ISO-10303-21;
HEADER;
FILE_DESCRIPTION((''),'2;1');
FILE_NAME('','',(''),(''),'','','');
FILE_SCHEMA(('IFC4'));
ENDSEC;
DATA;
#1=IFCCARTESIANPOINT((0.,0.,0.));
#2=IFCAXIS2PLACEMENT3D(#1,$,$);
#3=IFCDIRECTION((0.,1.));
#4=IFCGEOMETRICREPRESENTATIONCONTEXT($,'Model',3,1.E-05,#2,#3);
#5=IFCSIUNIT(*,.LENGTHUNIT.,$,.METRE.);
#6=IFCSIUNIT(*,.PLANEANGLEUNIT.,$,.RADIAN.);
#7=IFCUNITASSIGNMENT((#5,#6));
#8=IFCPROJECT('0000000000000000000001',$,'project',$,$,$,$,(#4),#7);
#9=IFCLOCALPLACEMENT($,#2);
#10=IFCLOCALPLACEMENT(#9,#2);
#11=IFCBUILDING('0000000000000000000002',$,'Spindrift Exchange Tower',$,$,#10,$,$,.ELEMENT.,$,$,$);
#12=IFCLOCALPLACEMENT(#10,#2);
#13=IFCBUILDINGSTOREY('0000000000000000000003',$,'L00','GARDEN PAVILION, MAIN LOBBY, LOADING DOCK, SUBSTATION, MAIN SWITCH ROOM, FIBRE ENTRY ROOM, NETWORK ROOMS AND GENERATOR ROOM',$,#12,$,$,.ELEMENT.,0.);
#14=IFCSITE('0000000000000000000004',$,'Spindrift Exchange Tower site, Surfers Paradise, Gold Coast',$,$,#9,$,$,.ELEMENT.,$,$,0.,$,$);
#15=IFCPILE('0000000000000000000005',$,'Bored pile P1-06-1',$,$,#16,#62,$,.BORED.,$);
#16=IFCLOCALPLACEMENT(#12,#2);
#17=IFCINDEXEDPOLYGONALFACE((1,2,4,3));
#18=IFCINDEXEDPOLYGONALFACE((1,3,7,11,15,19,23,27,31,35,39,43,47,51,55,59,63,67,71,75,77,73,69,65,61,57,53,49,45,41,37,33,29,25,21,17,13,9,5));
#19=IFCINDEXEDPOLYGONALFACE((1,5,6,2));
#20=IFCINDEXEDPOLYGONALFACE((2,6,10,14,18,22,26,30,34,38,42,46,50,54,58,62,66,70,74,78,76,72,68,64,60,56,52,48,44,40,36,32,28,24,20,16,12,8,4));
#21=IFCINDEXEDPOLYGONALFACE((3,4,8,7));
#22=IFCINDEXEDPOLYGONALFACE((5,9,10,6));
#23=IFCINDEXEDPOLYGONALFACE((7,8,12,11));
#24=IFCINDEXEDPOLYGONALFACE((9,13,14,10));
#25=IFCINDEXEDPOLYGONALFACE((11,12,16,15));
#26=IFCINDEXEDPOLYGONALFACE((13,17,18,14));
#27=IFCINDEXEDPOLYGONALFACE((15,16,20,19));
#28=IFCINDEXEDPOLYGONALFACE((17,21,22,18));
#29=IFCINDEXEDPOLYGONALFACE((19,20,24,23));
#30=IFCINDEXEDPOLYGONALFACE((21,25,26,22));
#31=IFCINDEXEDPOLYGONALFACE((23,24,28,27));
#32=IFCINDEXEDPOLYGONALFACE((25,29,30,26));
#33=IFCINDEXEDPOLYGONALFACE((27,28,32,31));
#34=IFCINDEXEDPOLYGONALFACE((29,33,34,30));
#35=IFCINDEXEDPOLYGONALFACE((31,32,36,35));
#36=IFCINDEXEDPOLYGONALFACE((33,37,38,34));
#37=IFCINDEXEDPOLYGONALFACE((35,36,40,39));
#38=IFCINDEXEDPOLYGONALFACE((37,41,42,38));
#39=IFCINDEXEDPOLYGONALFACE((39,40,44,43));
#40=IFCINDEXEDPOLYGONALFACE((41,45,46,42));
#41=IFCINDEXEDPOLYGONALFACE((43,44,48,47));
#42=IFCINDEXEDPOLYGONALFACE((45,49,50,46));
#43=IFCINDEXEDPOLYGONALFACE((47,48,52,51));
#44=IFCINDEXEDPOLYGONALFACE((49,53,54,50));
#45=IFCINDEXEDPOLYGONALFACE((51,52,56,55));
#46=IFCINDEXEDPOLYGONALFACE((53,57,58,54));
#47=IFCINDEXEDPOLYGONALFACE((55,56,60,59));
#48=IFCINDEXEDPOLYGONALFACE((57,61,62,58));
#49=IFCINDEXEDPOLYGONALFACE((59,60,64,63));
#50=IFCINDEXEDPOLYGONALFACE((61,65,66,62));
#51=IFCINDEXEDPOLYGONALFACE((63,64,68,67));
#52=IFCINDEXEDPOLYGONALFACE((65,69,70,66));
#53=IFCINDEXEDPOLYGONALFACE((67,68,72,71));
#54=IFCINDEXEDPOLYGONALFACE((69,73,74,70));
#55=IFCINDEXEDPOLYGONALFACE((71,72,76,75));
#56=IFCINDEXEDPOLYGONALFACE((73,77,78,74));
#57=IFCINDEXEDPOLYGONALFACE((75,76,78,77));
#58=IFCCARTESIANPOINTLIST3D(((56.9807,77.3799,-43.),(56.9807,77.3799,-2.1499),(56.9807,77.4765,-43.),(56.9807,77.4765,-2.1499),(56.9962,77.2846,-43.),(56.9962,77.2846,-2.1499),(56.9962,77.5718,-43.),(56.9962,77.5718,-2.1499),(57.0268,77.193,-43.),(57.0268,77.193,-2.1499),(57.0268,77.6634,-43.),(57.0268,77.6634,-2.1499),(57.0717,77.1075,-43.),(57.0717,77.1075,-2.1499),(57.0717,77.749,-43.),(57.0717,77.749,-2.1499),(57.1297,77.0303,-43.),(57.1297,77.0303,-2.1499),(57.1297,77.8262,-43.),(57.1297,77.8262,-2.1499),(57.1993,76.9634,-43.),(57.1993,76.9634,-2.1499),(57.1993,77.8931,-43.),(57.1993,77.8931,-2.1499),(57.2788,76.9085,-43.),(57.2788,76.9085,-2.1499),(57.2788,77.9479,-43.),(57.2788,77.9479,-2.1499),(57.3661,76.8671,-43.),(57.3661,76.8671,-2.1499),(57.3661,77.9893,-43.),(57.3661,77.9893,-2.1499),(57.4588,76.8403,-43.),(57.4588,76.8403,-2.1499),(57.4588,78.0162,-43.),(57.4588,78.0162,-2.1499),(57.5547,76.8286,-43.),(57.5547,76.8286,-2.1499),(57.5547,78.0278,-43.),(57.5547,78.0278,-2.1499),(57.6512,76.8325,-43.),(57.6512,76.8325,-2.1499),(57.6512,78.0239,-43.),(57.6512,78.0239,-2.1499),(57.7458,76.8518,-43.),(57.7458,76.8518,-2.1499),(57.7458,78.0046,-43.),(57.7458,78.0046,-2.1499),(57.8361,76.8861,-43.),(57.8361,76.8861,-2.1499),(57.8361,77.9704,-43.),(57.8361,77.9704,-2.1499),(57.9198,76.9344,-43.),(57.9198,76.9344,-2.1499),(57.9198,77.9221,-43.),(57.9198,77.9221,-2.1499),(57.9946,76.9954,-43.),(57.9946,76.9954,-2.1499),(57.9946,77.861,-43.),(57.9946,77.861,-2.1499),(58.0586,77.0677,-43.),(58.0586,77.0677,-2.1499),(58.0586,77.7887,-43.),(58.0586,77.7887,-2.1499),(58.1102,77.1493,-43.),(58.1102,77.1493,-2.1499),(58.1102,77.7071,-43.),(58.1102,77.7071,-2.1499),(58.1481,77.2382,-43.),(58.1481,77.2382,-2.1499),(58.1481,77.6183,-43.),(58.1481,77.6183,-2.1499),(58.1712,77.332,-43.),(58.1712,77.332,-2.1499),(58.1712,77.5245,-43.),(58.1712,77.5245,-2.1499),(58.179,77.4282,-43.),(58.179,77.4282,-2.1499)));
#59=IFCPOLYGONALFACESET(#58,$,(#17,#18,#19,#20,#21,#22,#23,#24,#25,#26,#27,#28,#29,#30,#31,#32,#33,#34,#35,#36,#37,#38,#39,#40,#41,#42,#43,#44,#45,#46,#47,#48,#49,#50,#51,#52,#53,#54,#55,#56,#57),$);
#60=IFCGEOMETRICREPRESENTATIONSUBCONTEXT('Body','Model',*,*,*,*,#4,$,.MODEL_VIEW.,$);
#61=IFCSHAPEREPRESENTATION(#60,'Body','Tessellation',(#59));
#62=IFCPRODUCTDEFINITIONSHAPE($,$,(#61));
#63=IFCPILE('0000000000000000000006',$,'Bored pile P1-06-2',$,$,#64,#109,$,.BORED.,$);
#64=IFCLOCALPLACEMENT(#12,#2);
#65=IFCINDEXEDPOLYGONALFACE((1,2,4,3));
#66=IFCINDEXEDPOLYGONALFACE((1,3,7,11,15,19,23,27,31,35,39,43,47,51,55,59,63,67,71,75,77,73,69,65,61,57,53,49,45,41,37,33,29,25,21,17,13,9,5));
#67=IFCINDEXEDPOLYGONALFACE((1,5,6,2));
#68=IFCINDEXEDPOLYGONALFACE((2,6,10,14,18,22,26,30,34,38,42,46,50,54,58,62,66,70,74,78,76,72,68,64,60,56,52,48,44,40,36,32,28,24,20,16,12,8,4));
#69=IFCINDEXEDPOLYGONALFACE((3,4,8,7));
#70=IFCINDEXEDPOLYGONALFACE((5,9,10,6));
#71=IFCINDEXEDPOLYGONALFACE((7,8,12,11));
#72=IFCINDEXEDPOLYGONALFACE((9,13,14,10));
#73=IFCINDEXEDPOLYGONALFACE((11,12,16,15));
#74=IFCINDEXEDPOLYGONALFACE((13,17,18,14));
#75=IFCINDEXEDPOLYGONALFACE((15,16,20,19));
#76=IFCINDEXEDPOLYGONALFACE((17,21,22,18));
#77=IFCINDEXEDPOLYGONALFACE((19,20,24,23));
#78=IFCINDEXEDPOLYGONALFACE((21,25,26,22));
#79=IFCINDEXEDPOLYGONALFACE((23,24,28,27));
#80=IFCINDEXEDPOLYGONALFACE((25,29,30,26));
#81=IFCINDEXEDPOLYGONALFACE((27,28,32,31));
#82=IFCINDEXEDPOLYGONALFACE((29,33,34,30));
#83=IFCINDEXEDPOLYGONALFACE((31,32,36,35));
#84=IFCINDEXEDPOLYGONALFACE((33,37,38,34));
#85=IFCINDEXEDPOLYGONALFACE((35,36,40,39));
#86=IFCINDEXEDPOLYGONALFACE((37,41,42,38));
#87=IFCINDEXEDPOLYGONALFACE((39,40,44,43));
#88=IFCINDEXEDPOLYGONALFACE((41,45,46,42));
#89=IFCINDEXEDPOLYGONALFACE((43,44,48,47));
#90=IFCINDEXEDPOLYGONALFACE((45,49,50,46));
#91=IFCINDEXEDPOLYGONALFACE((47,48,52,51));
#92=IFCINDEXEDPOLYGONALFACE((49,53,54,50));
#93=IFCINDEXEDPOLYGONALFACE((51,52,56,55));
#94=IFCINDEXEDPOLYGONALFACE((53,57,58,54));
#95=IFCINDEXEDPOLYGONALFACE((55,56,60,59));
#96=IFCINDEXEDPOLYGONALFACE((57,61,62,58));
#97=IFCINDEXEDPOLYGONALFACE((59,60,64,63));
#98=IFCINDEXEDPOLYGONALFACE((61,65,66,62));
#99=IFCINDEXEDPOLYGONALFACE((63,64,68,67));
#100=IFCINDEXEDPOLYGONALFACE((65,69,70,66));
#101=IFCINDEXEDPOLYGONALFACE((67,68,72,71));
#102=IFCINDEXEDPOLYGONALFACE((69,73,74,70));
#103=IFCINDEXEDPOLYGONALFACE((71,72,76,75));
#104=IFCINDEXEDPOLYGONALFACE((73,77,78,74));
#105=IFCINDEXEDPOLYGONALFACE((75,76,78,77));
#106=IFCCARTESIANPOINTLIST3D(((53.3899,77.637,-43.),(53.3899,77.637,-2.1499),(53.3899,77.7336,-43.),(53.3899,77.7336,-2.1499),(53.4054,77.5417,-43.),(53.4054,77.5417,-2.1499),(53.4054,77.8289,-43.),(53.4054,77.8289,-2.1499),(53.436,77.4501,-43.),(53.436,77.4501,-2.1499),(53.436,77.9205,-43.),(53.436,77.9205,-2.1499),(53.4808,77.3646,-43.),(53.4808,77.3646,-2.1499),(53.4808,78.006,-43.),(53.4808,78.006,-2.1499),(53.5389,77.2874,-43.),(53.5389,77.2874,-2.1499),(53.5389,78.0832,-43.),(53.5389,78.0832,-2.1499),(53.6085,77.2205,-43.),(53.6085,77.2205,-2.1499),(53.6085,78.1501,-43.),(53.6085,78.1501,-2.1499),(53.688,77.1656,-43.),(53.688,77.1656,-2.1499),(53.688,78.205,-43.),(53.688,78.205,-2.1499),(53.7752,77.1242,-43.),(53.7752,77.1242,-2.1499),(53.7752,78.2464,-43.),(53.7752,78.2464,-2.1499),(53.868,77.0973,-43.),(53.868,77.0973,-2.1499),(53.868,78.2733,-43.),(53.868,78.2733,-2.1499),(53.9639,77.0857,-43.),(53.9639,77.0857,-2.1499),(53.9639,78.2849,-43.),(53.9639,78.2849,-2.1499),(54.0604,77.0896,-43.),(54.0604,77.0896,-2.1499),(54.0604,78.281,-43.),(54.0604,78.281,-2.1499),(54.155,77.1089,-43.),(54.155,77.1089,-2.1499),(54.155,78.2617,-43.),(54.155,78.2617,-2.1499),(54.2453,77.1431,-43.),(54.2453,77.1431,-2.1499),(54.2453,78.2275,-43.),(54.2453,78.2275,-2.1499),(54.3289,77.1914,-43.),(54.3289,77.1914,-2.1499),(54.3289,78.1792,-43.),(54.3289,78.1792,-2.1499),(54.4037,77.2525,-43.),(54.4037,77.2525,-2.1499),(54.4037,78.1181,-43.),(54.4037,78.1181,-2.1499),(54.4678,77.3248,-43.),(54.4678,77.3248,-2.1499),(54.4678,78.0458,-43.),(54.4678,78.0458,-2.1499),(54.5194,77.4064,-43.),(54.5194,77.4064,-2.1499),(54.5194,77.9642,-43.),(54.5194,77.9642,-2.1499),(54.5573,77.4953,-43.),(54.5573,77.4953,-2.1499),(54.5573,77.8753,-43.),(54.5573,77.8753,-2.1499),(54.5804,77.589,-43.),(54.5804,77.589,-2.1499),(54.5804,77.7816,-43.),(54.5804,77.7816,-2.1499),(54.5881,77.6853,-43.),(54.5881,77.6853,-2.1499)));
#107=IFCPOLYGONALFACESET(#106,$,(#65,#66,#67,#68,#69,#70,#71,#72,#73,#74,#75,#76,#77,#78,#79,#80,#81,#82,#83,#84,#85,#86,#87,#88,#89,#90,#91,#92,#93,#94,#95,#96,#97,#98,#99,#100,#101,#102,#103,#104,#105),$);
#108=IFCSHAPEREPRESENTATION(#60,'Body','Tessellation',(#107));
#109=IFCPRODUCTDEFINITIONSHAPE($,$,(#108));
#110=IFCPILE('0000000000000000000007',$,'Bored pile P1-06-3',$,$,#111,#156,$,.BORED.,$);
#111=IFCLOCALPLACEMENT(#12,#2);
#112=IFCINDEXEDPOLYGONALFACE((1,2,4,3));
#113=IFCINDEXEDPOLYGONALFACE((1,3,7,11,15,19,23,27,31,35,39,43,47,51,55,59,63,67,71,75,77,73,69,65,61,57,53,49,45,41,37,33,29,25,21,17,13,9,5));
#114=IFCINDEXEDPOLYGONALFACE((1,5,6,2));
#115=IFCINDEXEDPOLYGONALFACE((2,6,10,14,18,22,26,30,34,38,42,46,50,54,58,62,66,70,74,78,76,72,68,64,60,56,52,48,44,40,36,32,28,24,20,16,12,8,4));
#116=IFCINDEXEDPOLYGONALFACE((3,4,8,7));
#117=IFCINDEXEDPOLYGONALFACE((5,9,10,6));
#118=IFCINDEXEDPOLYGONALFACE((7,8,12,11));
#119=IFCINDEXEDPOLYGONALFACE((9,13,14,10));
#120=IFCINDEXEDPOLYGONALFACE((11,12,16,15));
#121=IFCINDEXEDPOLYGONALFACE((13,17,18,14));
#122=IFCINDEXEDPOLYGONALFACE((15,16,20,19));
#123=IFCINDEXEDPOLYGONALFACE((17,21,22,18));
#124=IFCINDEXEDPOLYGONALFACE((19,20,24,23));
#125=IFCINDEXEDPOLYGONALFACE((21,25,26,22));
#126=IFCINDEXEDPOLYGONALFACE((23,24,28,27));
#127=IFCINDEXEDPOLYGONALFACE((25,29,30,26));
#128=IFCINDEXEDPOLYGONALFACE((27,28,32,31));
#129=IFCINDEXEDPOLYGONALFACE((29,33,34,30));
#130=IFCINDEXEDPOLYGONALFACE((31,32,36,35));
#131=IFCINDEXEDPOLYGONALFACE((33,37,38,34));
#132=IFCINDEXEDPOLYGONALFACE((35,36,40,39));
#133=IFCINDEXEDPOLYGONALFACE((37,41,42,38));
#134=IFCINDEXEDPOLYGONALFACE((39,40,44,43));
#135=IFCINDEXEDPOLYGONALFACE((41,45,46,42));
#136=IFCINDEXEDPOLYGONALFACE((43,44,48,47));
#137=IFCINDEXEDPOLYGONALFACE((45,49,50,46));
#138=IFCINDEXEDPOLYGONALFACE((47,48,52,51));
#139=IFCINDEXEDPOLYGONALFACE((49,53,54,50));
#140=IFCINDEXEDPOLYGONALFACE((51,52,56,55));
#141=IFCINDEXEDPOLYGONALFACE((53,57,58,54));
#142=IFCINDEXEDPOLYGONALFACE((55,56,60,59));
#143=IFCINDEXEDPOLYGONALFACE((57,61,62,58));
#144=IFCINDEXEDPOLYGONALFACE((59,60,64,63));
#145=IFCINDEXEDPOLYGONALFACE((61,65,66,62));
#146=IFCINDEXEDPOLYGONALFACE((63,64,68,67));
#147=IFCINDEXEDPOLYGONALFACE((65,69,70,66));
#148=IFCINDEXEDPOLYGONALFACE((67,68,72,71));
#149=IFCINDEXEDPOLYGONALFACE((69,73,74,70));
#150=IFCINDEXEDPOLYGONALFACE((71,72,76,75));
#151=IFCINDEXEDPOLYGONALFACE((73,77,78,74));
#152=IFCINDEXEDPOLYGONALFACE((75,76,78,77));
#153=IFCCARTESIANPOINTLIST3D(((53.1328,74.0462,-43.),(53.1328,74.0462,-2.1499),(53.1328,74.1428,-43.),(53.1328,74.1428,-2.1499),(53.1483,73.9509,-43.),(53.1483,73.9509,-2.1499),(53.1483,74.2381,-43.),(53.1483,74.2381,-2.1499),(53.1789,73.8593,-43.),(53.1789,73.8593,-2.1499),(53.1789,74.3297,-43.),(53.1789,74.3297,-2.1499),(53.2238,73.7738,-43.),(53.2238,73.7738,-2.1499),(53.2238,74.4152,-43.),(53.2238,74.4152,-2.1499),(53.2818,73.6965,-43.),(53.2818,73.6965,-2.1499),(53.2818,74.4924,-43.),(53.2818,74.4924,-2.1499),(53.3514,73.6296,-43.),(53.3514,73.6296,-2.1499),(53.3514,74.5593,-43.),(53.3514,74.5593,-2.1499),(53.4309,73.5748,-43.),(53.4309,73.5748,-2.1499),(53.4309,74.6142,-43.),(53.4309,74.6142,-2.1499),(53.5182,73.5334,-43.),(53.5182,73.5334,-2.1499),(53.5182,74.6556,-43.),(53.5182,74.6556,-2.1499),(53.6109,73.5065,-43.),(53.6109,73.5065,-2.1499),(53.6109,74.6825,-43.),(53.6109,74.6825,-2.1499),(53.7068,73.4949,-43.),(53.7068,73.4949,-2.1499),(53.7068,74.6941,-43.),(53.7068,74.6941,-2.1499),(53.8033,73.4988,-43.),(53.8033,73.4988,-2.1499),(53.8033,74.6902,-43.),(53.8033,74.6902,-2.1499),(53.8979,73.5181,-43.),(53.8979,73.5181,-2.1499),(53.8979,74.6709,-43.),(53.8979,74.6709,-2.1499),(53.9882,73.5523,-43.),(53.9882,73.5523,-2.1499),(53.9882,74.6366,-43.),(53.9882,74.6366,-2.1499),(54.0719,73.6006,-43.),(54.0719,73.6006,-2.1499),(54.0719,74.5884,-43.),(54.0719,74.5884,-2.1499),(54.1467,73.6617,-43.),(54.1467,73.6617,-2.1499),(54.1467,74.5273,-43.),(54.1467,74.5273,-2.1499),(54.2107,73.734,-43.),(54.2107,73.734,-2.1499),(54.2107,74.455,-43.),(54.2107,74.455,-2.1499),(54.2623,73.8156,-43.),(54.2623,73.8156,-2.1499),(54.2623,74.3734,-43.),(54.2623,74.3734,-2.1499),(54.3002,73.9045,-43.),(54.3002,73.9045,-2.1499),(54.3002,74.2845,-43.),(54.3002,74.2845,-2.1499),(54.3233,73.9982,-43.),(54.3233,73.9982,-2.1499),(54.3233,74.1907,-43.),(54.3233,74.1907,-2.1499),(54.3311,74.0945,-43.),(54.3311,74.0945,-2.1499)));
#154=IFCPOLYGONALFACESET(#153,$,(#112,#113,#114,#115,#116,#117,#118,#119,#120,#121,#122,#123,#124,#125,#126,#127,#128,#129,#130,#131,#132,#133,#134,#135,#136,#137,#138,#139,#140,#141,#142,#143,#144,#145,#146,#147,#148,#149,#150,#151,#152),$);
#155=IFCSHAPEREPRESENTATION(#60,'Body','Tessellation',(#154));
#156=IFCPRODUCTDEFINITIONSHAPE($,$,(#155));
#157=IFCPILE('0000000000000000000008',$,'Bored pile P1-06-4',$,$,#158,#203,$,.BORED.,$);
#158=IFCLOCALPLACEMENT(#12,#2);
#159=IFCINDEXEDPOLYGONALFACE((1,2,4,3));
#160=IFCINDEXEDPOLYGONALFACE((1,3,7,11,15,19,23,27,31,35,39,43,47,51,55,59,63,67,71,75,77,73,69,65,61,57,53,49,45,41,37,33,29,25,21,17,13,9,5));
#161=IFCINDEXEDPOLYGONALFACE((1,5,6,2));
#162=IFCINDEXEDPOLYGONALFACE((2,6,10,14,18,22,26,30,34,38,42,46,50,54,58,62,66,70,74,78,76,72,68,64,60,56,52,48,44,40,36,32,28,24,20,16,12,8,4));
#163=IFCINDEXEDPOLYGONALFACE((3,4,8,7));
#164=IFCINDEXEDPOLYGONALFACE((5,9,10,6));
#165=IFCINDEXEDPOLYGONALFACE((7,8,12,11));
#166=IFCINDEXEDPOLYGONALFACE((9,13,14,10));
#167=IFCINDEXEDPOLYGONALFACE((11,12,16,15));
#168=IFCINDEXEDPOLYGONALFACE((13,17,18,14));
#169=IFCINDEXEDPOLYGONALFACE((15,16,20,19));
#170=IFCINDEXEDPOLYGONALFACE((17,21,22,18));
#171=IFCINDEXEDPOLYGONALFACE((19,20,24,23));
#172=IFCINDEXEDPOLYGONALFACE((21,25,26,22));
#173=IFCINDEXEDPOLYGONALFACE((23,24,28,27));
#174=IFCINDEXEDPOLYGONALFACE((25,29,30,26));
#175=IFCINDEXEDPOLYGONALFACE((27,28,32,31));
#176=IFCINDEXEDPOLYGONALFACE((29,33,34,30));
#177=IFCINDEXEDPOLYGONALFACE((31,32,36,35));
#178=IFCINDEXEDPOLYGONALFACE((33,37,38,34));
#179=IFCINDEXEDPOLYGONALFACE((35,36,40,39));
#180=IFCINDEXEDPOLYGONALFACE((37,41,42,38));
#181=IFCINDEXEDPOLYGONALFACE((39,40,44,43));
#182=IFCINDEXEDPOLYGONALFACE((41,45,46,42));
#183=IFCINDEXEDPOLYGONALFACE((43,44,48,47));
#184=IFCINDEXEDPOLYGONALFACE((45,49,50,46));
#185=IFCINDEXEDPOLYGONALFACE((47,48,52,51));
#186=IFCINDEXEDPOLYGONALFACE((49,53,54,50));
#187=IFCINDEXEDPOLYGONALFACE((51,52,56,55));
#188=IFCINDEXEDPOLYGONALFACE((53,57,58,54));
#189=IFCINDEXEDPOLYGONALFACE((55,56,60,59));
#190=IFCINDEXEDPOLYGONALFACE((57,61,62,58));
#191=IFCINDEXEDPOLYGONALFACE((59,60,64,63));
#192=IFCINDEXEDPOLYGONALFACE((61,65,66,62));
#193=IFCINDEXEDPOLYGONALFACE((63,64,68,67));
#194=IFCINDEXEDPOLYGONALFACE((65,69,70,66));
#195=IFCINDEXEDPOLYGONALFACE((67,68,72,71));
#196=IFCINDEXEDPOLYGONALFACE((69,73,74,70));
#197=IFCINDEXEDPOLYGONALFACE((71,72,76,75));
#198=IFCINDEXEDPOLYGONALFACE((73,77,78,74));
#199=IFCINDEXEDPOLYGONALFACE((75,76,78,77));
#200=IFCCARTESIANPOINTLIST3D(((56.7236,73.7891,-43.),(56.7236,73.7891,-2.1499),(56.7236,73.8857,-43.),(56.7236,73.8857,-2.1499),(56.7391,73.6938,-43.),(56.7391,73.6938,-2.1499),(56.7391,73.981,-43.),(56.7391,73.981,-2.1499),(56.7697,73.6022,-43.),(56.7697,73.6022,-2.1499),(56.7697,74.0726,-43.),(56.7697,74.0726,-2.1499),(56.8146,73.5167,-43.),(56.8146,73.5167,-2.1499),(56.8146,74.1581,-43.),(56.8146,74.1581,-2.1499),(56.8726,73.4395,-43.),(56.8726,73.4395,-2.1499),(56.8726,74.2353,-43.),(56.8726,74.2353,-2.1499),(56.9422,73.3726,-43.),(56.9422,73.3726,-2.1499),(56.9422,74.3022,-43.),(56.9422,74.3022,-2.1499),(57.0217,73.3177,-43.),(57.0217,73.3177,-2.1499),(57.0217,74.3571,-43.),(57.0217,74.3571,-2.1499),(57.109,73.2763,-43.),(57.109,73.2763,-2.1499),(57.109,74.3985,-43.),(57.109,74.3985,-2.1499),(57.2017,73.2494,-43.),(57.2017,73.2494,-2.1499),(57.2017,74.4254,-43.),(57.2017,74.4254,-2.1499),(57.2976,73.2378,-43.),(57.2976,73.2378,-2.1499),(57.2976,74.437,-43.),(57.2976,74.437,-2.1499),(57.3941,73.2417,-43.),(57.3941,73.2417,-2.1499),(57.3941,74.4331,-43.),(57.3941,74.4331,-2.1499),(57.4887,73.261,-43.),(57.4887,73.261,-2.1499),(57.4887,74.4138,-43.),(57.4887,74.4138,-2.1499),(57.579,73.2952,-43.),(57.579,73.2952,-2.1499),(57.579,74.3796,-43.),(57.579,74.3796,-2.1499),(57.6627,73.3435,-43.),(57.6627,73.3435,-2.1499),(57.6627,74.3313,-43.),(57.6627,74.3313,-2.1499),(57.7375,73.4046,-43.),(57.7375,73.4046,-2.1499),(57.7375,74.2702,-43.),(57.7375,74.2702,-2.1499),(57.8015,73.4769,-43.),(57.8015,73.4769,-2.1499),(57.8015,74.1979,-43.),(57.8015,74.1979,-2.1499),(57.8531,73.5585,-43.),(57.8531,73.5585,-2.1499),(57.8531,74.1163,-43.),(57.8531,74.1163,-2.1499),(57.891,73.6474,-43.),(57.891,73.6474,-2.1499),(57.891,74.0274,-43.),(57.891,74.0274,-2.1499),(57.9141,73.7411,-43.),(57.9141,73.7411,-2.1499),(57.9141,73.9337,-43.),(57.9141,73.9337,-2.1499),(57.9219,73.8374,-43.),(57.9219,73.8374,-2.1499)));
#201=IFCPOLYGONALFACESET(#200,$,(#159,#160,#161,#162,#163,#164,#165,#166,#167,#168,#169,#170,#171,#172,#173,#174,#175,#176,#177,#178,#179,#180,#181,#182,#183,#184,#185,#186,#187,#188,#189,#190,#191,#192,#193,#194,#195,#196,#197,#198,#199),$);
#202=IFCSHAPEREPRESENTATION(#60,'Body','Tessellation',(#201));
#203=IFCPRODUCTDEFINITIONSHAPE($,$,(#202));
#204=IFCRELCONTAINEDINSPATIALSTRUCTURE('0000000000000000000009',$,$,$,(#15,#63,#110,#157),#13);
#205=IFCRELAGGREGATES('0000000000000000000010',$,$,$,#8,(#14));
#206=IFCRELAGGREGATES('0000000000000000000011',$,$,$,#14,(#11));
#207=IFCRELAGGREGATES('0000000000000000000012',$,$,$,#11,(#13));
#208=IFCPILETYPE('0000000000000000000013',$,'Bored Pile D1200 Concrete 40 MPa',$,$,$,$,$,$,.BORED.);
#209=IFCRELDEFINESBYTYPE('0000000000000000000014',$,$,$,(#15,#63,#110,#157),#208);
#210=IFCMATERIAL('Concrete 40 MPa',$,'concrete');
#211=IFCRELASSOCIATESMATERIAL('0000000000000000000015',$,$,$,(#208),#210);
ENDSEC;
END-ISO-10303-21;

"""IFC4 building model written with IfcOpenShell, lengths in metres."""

from ifc_helpers import new_model, si_unit, direction, frame, origin, origin_2d, place, context, subcontext, project, spatial, circle, extrude, source, transform, mapped, material, material_profile, profile_set, type_object, element, save


model = new_model("IFC4")

# Units and contexts
model_context = context("Model", 3, precision=1e-05, world=origin(), true_north=direction((0.0, 1.0)))
body_context = subcontext(model_context, "Body", "Model", "MODEL_VIEW")
ifc_project = project(units=[si_unit("LENGTHUNIT", "METRE"), si_unit("PLANEANGLEUNIT", "RADIAN")], contexts=[model_context])

# Site, building, storey
site_placement = place(None, origin())
site = spatial("IfcSite", under=ifc_project, at=site_placement, Name="Spindrift Exchange Tower site, Surfers Paradise, Gold Coast", CompositionType="ELEMENT", RefElevation=0.0)
building_placement = place(site_placement, origin())
building = spatial("IfcBuilding", under=site, at=building_placement, Name="Spindrift Exchange Tower", CompositionType="ELEMENT")
storey_placement = place(building_placement, origin())
storey = spatial("IfcBuildingStorey", under=building, at=storey_placement, Name="L00", Description="GARDEN PAVILION, MAIN LOBBY, LOADING DOCK, SUBSTATION, MAIN SWITCH ROOM, FIBRE ENTRY ROOM, NETWORK ROOMS AND GENERATOR ROOM", CompositionType="ELEMENT", Elevation=0.0)

# Piles
ifc_material_1 = material(Name="Concrete 40 MPa", Category="concrete")
ifc_material_profile_1 = material_profile(ifc_material_1, circle(Radius=0.6001, at=origin_2d()), Name="BP D1200")
ifc_profile_set_1 = profile_set([ifc_material_profile_1], Name="Concrete 40 MPa")
pile_type = type_object("IfcPileType", Name="Bored Pile D1200 Concrete 40 MPa", PredefinedType="BORED", material=ifc_profile_set_1)
shared_shape_1 = source(origin(), body_context, "Body", "SweptSolid", [
    extrude(circle(Radius=0.6001, at=origin_2d()), origin(), (0.0, 0.0, 1.0), 40.8501),
])
for number, where, z_axis, x_axis, name in (
    (1, (57.5789, 77.4282, -2.1499), (0.0, 0.0, -1.0), (1.0, 0.0, 0.0), "Bored pile P1-06-1"),
    (2, (53.988, 77.6853, -2.1499), (0.0, 0.0, -1.0), (1.0, 0.0, 0.0), "Bored pile P1-06-2"),
    (3, (53.731, 74.0945, -2.1499), (0.0, 0.0, -1.0), (1.0, 0.0, 0.0), "Bored pile P1-06-3"),
    (4, (57.3218, 73.8374, -2.1499), (0.0, 0.0, -1.0), (1.0, 0.0, 0.0), "Bored pile P1-06-4"),
):
    element("IfcPile", number, at=place(storey_placement, frame(where, z_axis=z_axis, x_axis=x_axis)), inside=storey, type_object=pile_type, Name=name, PredefinedType="BORED", context=body_context, shape_type="MappedRepresentation", body=[
        mapped(shared_shape_1, transform((0.0, 0.0, 0.0), scale=1.0)),
    ])

save(model, "model.ifc")
